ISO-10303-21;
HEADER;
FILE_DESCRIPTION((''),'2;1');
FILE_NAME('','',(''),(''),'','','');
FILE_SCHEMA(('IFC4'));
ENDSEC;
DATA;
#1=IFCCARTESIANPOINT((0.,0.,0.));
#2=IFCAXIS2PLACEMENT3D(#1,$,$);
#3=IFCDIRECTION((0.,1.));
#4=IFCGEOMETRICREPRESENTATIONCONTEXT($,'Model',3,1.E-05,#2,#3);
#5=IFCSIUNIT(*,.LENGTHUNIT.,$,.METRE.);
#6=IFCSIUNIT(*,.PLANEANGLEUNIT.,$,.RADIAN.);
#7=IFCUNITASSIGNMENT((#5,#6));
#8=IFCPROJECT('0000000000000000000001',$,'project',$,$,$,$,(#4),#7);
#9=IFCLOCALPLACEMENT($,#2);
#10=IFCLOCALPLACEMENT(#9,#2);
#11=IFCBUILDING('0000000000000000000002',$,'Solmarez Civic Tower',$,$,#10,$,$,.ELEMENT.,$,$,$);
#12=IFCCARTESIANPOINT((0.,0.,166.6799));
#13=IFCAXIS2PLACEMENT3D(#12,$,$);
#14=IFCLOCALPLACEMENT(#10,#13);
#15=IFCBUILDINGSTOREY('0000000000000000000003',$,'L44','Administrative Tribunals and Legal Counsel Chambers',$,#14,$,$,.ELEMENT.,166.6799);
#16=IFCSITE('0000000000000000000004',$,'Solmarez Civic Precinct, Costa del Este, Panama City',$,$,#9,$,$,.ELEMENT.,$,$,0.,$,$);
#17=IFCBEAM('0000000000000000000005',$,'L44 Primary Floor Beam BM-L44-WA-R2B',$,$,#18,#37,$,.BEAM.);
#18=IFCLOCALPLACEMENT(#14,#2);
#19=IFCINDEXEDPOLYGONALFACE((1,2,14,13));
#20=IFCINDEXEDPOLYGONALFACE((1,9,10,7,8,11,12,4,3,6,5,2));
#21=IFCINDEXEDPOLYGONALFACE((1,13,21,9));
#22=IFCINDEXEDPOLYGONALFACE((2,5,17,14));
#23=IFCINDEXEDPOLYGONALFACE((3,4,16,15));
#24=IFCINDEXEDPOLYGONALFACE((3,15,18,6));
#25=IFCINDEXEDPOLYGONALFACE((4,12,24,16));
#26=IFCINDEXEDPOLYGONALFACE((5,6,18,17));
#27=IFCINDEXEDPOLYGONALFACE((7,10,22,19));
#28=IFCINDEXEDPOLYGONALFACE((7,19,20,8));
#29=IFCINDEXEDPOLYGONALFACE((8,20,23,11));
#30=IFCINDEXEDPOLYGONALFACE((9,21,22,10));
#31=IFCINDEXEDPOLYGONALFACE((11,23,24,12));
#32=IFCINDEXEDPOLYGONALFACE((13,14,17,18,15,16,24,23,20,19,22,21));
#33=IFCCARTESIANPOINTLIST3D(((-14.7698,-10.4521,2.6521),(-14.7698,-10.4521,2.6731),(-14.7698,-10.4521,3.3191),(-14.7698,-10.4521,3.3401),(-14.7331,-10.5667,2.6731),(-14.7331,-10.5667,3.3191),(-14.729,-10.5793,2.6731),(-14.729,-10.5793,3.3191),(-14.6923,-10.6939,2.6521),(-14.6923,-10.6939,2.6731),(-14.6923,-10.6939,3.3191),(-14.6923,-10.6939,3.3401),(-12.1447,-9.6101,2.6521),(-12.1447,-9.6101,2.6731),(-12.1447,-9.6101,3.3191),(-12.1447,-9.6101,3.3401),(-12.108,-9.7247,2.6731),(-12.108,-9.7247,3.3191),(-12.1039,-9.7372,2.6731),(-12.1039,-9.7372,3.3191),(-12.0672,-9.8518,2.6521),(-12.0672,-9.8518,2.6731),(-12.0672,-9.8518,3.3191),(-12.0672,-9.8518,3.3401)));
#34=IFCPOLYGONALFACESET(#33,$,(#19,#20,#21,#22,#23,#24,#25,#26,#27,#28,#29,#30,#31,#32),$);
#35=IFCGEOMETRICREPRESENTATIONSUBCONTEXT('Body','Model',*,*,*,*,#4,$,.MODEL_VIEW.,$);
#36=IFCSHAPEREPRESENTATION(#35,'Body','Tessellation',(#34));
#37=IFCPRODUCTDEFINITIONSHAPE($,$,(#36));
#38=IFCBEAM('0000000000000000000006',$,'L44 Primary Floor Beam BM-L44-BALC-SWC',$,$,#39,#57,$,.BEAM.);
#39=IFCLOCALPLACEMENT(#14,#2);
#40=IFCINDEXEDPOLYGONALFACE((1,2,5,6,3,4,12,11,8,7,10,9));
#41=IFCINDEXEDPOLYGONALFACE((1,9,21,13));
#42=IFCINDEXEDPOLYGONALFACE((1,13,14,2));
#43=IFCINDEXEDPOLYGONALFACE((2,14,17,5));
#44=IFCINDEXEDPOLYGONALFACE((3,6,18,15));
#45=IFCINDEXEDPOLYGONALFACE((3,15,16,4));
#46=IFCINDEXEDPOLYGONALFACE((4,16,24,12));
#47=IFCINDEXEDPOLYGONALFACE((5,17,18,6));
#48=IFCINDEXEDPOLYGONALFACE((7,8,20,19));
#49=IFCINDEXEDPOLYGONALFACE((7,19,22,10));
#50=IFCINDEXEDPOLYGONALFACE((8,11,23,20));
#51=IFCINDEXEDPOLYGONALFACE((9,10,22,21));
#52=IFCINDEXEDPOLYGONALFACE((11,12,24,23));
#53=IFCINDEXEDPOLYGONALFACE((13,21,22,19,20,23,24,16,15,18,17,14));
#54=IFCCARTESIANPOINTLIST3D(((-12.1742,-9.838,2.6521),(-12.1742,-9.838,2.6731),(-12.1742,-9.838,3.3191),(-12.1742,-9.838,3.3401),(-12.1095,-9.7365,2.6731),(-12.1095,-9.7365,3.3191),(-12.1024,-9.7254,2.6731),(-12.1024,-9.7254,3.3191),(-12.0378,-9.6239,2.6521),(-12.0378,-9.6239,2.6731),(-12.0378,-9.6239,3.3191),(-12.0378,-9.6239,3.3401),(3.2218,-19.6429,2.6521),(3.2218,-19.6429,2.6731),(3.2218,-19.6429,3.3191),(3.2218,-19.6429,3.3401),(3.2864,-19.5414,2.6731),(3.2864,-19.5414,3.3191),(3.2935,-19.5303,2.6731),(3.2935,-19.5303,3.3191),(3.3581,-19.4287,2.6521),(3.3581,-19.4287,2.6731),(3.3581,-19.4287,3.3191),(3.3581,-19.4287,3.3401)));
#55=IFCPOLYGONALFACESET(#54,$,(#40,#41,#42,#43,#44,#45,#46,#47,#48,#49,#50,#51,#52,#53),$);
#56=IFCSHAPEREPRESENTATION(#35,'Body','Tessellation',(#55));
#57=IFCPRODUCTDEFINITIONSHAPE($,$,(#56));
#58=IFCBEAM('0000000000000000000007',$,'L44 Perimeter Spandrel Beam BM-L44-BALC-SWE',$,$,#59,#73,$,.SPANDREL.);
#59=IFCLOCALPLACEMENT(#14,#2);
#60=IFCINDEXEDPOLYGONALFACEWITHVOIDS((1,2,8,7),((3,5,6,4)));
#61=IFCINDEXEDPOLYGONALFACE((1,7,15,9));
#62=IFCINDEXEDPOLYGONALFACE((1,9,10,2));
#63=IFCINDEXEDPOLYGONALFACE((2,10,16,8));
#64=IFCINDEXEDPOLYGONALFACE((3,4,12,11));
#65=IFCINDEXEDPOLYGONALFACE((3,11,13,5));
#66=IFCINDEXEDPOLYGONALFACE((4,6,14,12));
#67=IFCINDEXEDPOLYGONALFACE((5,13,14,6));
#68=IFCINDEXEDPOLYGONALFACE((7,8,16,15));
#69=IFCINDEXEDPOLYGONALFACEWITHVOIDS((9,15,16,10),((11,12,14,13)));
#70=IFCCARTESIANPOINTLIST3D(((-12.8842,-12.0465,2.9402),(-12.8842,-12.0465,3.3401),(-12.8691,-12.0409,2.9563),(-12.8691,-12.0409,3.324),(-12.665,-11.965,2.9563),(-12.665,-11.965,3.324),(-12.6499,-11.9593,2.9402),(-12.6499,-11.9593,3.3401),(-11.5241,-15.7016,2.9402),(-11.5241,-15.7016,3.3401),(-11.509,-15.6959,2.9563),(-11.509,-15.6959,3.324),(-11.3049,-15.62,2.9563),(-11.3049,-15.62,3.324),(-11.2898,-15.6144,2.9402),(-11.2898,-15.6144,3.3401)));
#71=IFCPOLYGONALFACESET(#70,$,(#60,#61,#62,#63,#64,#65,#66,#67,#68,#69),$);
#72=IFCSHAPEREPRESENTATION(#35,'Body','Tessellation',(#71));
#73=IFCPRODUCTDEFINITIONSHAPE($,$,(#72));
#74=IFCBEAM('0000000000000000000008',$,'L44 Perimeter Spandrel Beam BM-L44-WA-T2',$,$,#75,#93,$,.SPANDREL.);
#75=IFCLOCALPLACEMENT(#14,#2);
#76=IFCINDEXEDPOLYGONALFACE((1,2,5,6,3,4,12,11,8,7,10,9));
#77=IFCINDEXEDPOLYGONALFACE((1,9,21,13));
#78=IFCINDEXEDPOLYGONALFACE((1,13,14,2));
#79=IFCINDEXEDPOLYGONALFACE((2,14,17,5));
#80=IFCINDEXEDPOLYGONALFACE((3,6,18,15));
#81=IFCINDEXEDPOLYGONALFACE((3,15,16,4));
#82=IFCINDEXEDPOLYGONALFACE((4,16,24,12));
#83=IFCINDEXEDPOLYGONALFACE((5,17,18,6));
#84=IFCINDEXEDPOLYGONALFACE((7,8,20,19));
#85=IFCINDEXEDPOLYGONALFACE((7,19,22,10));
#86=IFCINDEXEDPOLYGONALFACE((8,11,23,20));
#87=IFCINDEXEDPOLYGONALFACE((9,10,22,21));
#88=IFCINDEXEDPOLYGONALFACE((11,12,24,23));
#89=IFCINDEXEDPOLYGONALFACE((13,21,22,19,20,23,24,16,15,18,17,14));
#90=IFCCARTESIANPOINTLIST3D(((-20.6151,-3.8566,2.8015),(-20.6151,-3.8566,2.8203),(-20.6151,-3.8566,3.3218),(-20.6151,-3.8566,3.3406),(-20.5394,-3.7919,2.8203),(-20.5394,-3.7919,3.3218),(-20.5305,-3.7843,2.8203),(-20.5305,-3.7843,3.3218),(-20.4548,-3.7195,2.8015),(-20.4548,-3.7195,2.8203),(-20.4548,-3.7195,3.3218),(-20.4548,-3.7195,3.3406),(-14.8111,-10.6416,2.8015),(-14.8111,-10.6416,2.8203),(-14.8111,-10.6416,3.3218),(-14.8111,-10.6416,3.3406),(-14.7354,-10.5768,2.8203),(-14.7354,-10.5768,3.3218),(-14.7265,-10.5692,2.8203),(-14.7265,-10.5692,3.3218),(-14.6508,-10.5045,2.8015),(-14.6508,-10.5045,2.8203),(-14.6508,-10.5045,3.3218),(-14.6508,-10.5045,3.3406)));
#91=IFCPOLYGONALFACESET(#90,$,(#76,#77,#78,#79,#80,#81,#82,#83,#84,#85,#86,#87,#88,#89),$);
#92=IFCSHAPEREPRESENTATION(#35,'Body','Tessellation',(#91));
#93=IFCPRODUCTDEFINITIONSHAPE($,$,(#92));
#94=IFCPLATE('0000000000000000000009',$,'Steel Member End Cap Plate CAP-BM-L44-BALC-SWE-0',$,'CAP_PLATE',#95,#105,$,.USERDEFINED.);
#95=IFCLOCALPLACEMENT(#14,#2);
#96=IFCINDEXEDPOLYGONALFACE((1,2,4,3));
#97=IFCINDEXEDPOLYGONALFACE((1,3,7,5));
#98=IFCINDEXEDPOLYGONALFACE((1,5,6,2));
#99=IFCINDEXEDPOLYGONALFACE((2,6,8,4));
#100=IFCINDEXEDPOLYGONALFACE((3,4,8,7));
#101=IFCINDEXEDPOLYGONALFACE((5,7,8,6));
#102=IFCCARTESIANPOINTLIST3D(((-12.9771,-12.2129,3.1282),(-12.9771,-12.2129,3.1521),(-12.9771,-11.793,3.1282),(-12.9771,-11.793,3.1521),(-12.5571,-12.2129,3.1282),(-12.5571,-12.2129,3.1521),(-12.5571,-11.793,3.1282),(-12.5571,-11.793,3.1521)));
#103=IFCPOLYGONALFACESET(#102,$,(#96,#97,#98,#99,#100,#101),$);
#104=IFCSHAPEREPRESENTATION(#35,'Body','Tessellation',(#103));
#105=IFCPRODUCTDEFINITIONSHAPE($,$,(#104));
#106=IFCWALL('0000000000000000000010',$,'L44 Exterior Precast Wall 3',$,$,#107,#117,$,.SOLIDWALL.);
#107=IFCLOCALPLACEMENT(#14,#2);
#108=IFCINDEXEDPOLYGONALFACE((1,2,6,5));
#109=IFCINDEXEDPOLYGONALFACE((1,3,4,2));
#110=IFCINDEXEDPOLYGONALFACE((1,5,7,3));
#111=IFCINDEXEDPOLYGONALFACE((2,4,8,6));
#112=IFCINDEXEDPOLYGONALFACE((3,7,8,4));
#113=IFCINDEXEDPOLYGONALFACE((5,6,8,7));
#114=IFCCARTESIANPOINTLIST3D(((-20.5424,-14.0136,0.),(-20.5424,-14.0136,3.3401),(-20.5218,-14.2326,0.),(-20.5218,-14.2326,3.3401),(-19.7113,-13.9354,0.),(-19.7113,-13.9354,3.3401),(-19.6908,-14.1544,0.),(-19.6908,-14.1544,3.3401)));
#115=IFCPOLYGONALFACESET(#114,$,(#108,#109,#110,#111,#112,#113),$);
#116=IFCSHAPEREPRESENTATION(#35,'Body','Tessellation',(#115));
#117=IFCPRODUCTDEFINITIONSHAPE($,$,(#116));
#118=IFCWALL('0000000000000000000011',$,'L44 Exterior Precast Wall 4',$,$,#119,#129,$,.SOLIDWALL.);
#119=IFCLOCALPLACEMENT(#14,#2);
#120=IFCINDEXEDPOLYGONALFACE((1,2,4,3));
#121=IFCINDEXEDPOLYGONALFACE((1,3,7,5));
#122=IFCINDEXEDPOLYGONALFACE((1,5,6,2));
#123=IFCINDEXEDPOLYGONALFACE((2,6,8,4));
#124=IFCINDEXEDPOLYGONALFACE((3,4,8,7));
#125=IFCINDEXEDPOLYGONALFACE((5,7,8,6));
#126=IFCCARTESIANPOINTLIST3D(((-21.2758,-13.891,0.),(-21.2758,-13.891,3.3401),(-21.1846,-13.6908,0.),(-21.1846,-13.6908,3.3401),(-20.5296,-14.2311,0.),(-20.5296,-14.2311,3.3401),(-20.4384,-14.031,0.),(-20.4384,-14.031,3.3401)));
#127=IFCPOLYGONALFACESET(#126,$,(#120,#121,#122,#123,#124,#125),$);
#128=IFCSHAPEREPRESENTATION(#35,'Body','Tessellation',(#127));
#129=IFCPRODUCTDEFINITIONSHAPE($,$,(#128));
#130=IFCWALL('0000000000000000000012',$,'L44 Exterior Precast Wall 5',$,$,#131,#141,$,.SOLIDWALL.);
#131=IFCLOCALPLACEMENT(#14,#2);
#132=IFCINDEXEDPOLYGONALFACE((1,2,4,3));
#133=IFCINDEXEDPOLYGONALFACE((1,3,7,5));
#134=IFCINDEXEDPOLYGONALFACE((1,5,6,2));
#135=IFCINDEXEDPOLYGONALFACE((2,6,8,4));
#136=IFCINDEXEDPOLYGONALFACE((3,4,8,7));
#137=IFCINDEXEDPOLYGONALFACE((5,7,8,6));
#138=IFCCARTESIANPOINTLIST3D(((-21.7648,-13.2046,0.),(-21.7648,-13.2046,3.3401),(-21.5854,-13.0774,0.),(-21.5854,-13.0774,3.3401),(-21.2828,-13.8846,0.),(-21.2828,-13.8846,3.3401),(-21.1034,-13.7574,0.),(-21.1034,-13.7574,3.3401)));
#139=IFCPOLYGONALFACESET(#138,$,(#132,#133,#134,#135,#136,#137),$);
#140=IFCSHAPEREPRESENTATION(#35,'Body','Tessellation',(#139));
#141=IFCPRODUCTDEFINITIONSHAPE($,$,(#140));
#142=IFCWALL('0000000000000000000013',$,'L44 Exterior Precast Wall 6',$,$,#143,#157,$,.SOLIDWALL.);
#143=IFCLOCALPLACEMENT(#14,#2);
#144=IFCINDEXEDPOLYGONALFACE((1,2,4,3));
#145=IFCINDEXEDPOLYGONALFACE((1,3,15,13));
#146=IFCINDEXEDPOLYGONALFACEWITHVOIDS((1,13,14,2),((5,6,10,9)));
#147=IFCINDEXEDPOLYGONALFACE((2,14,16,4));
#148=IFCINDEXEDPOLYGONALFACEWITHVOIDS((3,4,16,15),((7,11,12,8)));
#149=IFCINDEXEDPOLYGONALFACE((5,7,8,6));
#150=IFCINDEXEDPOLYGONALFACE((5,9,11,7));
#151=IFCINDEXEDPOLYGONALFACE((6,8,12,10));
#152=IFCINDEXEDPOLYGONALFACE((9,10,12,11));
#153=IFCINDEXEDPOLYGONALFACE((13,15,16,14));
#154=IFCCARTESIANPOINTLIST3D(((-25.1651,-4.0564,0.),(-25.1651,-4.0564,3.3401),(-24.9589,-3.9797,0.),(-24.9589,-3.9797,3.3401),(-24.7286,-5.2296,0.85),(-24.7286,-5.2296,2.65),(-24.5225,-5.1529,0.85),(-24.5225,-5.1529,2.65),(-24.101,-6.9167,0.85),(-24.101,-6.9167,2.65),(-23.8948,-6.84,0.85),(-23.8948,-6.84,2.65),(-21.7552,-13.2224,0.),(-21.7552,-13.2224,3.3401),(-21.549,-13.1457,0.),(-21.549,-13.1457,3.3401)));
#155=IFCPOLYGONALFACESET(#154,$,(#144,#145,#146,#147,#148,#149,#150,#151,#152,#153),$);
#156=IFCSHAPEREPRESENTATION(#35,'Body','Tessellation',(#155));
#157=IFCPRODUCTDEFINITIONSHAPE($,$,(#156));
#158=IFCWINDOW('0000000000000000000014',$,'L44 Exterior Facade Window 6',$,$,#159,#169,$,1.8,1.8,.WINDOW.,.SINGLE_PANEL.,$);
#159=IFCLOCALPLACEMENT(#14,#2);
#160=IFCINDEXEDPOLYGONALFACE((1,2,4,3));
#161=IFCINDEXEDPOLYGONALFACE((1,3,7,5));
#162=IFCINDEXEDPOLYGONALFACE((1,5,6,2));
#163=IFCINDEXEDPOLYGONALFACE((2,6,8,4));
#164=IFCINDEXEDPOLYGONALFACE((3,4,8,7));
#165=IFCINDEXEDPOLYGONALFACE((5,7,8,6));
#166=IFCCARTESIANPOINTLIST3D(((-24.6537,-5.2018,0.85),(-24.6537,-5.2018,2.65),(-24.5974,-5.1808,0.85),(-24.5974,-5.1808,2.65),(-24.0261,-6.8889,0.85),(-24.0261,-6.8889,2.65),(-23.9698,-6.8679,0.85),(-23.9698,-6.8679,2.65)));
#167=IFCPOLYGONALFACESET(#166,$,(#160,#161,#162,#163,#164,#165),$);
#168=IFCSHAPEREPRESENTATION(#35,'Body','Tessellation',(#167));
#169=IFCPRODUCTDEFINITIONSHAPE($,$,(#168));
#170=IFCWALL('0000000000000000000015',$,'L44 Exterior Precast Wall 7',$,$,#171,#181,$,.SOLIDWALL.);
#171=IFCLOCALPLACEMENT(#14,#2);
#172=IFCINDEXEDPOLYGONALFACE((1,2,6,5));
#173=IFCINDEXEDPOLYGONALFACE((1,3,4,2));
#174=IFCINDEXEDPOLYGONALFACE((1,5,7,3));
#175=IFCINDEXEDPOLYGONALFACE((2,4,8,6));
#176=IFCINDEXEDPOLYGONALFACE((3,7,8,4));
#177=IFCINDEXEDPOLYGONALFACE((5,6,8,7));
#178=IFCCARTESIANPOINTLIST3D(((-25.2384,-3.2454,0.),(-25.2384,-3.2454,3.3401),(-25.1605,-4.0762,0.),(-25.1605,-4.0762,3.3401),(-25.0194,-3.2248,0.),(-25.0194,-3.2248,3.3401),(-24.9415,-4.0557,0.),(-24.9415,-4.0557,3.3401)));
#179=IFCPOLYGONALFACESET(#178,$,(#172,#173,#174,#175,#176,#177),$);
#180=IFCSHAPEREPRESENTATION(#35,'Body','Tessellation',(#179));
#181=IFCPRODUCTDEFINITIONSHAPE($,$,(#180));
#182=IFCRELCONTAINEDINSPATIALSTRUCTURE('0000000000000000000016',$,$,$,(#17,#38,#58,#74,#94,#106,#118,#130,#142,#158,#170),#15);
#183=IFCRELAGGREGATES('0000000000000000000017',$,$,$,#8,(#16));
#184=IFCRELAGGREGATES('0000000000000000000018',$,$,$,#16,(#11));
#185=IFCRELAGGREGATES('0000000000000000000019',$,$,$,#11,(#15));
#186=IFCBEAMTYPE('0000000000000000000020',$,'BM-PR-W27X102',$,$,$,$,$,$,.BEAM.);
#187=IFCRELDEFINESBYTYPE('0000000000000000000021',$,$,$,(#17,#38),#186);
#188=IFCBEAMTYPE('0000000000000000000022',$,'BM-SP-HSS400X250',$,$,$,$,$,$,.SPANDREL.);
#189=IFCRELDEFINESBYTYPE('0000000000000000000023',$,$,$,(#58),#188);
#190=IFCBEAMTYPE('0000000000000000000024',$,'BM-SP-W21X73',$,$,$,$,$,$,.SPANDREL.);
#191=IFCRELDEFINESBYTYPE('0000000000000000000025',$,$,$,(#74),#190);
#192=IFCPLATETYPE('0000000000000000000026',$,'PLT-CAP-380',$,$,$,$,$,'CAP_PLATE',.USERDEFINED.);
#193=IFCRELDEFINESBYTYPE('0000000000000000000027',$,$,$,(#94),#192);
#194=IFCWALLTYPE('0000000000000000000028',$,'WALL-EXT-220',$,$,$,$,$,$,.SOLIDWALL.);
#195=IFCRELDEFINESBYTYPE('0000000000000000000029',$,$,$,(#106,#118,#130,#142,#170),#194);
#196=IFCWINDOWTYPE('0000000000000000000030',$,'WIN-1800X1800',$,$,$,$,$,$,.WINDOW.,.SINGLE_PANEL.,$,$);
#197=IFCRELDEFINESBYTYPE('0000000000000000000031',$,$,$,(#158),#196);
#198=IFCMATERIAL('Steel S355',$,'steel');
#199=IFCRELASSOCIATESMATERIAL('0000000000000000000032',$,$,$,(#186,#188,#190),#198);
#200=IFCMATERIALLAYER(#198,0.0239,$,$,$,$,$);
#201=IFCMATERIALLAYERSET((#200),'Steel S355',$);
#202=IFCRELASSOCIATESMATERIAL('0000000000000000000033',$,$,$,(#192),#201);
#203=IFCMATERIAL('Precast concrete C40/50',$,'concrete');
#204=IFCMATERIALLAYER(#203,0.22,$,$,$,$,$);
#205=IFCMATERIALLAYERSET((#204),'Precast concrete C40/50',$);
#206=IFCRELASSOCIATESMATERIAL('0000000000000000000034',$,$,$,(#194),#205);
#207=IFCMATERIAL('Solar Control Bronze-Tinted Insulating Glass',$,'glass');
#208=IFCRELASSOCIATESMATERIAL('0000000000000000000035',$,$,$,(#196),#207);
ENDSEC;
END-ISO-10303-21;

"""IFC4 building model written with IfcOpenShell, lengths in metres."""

from ifc_helpers import new_model, si_unit, direction, frame, frame_2d, origin, origin_2d, place, context, subcontext, project, spatial, rectangle, hollow_rectangle, i_section, extrude, material, layer, layer_set, material_profile, profile_set, type_object, element, fill, save


model = new_model("IFC4")

# Units and contexts
model_context = context("Model", 3, precision=1e-05, world=origin(), true_north=direction((0.0, 1.0)))
body_context = subcontext(model_context, "Body", "Model", "MODEL_VIEW")
ifc_project = project(units=[si_unit("LENGTHUNIT", "METRE"), si_unit("PLANEANGLEUNIT", "RADIAN")], contexts=[model_context])

# Site, building, storey
site_placement = place(None, origin())
site = spatial("IfcSite", under=ifc_project, at=site_placement, Name="Solmarez Civic Precinct, Costa del Este, Panama City", CompositionType="ELEMENT", RefElevation=0.0)
building_placement = place(site_placement, origin())
building = spatial("IfcBuilding", under=site, at=building_placement, Name="Solmarez Civic Tower", CompositionType="ELEMENT")
storey_placement = place(building_placement, frame((0.0, 0.0, 166.6799)))
storey = spatial("IfcBuildingStorey", under=building, at=storey_placement, Name="L44", Description="Administrative Tribunals and Legal Counsel Chambers", CompositionType="ELEMENT", Elevation=166.6799)

# Shared definitions
ifc_material_1 = material(Name="Steel S355", Category="steel")

# Beams
ifc_material_profile_1 = material_profile(ifc_material_1, i_section(OverallWidth=0.2539, OverallDepth=0.688, WebThickness=0.0132, FlangeThickness=0.021, at=origin_2d()), Name="W27X102")
ifc_profile_set_1 = profile_set([ifc_material_profile_1], Name="Steel S355")
beam_type_1 = type_object("IfcBeamType", Name="BM-PR-W27X102", PredefinedType="BEAM", material=ifc_profile_set_1)
beam_1_placement = place(storey_placement, frame((-12.106, -9.731, 2.9961), z_axis=(-0.952209, -0.305447, 0.0), x_axis=(0.305447, -0.952209, 0.0)))
element("IfcBeam", 1, at=beam_1_placement, inside=storey, type_object=beam_type_1, Name="L44 Primary Floor Beam BM-L44-WA-R2B", PredefinedType="BEAM", context=body_context, shape_type="SweptSolid", body=[
    extrude(i_section(OverallWidth=0.2539, OverallDepth=0.688, WebThickness=0.0132, FlangeThickness=0.021, at=origin_2d()), origin(), (0.0, 0.0, 1.0), 2.7568),
])
beam_2_placement = place(storey_placement, frame((-12.106, -9.731, 2.9961), z_axis=(0.843476, -0.537167, 0.0), x_axis=(0.537167, 0.843476, 0.0)))
element("IfcBeam", 2, at=beam_2_placement, inside=storey, type_object=beam_type_1, Name="L44 Primary Floor Beam BM-L44-BALC-SWC", PredefinedType="BEAM", context=body_context, shape_type="SweptSolid", body=[
    extrude(i_section(OverallWidth=0.2539, OverallDepth=0.688, WebThickness=0.0132, FlangeThickness=0.021, at=origin_2d()), origin(), (0.0, 0.0, 1.0), 18.2529),
])
ifc_material_profile_2 = material_profile(ifc_material_1, hollow_rectangle(XDim=0.25, YDim=0.3999, WallThickness=0.0161, at=origin_2d()), Name="HSS400X250X16")
ifc_profile_set_2 = profile_set([ifc_material_profile_2], Name="Steel S355")
beam_type_2 = type_object("IfcBeamType", Name="BM-SP-HSS400X250", PredefinedType="SPANDREL", material=ifc_profile_set_2)
beam_3_placement = place(storey_placement, frame((-12.7671, -12.0029, 3.1401), z_axis=(0.348755, -0.937214, 0.0), x_axis=(0.937214, 0.348755, 0.0)))
element("IfcBeam", 3, at=beam_3_placement, inside=storey, type_object=beam_type_2, Name="L44 Perimeter Spandrel Beam BM-L44-BALC-SWE", PredefinedType="SPANDREL", context=body_context, shape_type="SweptSolid", body=[
    extrude(hollow_rectangle(XDim=0.25, YDim=0.3999, WallThickness=0.0161, at=origin_2d()), origin(), (0.0, 0.0, 1.0), 3.8999),
])
ifc_material_profile_3 = material_profile(ifc_material_1, i_section(OverallWidth=0.2109, OverallDepth=0.5391, WebThickness=0.0117, FlangeThickness=0.0188, at=origin_2d()), Name="W21X73")
ifc_profile_set_3 = profile_set([ifc_material_profile_3], Name="Steel S355")
beam_type_3 = type_object("IfcBeamType", Name="BM-SP-W21X73", PredefinedType="SPANDREL", material=ifc_profile_set_3)
beam_4_placement = place(storey_placement, frame((-20.5349, -3.7881, 3.071), z_axis=(0.650037, -0.759903, 0.0), x_axis=(0.759903, 0.650037, 0.0)))
element("IfcBeam", 4, at=beam_4_placement, inside=storey, type_object=beam_type_3, Name="L44 Perimeter Spandrel Beam BM-L44-WA-T2", PredefinedType="SPANDREL", context=body_context, shape_type="SweptSolid", body=[
    extrude(i_section(OverallWidth=0.2109, OverallDepth=0.5391, WebThickness=0.0117, FlangeThickness=0.0188, at=origin_2d()), origin(), (0.0, 0.0, 1.0), 8.9287),
])

# Plate
ifc_layer_1 = layer(ifc_material_1, 0.0239)
ifc_layer_set_1 = layer_set([ifc_layer_1], Name="Steel S355")
plate_type = type_object("IfcPlateType", Name="PLT-CAP-380", ElementType="CAP_PLATE", PredefinedType="USERDEFINED", material=ifc_layer_set_1)
plate_placement = place(storey_placement, frame((-12.7671, -12.0029, 3.1282), z_axis=(0.0, 0.0, 1.0), x_axis=(1.0, 0.0, 0.0)))
element("IfcPlate", 5, at=plate_placement, inside=storey, type_object=plate_type, Name="Steel Member End Cap Plate CAP-BM-L44-BALC-SWE-0", ObjectType="CAP_PLATE", PredefinedType="USERDEFINED", context=body_context, shape_type="SweptSolid", body=[
    extrude(rectangle(XDim=0.4199, YDim=0.4199, at=origin_2d()), origin(), (0.0, 0.0, 1.0), 0.0239),
])

# Walls
ifc_material_2 = material(Name="Precast concrete C40/50", Category="concrete")
ifc_layer_2 = layer(ifc_material_2, 0.22)
ifc_layer_set_2 = layer_set([ifc_layer_2], Name="Precast concrete C40/50")
wall_type_1 = type_object("IfcWallType", Name="WALL-EXT-220", PredefinedType="SOLIDWALL", material=ifc_layer_set_2)
wall_1_placement = place(storey_placement, frame((-19.7009, -14.0449, 0.0), z_axis=(0.0, 0.0, 1.0), x_axis=(-0.99561, -0.093594, 0.0)))
element("IfcWall", 6, at=wall_1_placement, inside=storey, type_object=wall_type_1, Name="L44 Exterior Precast Wall 3", PredefinedType="SOLIDWALL", context=body_context, shape_type="SweptSolid", body=[
    extrude(rectangle(XDim=0.8347, YDim=0.22, at=frame_2d((0.4175, 0.0))), origin(), (0.0, 0.0, 1.0), 3.3401),
])
wall_2_placement = place(storey_placement, frame((-20.4839, -14.1311, 0.0), z_axis=(0.0, 0.0, 1.0), x_axis=(-0.909927, 0.414767, 0.0)))
element("IfcWall", 7, at=wall_2_placement, inside=storey, type_object=wall_type_1, Name="L44 Exterior Precast Wall 4", PredefinedType="SOLIDWALL", context=body_context, shape_type="SweptSolid", body=[
    extrude(rectangle(XDim=0.8201, YDim=0.22, at=frame_2d((0.4102, 0.0))), origin(), (0.0, 0.0, 1.0), 3.3401),
])
wall_3_placement = place(storey_placement, frame((-21.1931, -13.821, 0.0), z_axis=(0.0, 0.0, 1.0), x_axis=(-0.578269, 0.815846, 0.0)))
element("IfcWall", 8, at=wall_3_placement, inside=storey, type_object=wall_type_1, Name="L44 Exterior Precast Wall 5", PredefinedType="SOLIDWALL", context=body_context, shape_type="SweptSolid", body=[
    extrude(rectangle(XDim=0.8335, YDim=0.22, at=frame_2d((0.4167, 0.0))), origin(), (0.0, 0.0, 1.0), 3.3401),
])

# Wall, opening, window
wall_4_placement = place(storey_placement, frame((-21.6521, -13.1841, 0.0), z_axis=(0.0, 0.0, 1.0), x_axis=(-0.348671, 0.937245, 0.0)))
wall_4 = element("IfcWall", 9, at=wall_4_placement, inside=storey, type_object=wall_type_1, Name="L44 Exterior Precast Wall 6", PredefinedType="SOLIDWALL", context=body_context, shape_type="SweptSolid", body=[
    extrude(rectangle(XDim=9.7798, YDim=0.22, at=frame_2d((4.8899, 0.0))), origin(), (0.0, 0.0, 1.0), 3.3401),
])
opening_1_placement = place(wall_4_placement, frame((6.728, 0.0, 0.8501)))
opening_1 = element("IfcOpeningElement", 10, at=opening_1_placement, cuts=wall_4, PredefinedType="OPENING", context=body_context, shape_type="SweptSolid", body=[
    extrude(rectangle(XDim=1.8, YDim=1.8, at=frame_2d((0.8999, 0.8999))), frame((0.0, 0.1199, 0.0), z_axis=(0.0, -1.0, 0.0), x_axis=(1.0, 0.0, 0.0)), (0.0, 0.0, 1.0), 0.24),
])
ifc_material_3 = material(Name="Solar Control Bronze-Tinted Insulating Glass", Category="glass")
window_type_1 = type_object("IfcWindowType", Name="WIN-1800X1800", PartitioningType="SINGLE_PANEL", PredefinedType="WINDOW", material=ifc_material_3)
window_1_placement = place(opening_1_placement, origin())
window_1 = element("IfcWindow", 11, at=window_1_placement, inside=storey, type_object=window_type_1, Name="L44 Exterior Facade Window 6", OverallHeight=1.8, OverallWidth=1.8, PartitioningType="SINGLE_PANEL", PredefinedType="WINDOW", context=body_context, shape_type="SweptSolid", body=[
    extrude(rectangle(XDim=1.8, YDim=1.8, at=frame_2d((0.8999, 0.8999))), frame((0.0, 0.03, 0.0), z_axis=(0.0, -1.0, 0.0), x_axis=(1.0, 0.0, 0.0)), (0.0, 0.0, 1.0), 0.0601),
])
fill(opening_1, window_1)

# Wall
wall_5_placement = place(storey_placement, frame((-25.051, -4.0659, 0.0), z_axis=(0.0, 0.0, 1.0), x_axis=(-0.093332, 0.995635, 0.0)))
element("IfcWall", 12, at=wall_5_placement, inside=storey, type_object=wall_type_1, Name="L44 Exterior Precast Wall 7", PredefinedType="SOLIDWALL", context=body_context, shape_type="SweptSolid", body=[
    extrude(rectangle(XDim=0.8345, YDim=0.22, at=frame_2d((0.4172, 0.0))), origin(), (0.0, 0.0, 1.0), 3.3401),
])

save(model, "model.ifc")
